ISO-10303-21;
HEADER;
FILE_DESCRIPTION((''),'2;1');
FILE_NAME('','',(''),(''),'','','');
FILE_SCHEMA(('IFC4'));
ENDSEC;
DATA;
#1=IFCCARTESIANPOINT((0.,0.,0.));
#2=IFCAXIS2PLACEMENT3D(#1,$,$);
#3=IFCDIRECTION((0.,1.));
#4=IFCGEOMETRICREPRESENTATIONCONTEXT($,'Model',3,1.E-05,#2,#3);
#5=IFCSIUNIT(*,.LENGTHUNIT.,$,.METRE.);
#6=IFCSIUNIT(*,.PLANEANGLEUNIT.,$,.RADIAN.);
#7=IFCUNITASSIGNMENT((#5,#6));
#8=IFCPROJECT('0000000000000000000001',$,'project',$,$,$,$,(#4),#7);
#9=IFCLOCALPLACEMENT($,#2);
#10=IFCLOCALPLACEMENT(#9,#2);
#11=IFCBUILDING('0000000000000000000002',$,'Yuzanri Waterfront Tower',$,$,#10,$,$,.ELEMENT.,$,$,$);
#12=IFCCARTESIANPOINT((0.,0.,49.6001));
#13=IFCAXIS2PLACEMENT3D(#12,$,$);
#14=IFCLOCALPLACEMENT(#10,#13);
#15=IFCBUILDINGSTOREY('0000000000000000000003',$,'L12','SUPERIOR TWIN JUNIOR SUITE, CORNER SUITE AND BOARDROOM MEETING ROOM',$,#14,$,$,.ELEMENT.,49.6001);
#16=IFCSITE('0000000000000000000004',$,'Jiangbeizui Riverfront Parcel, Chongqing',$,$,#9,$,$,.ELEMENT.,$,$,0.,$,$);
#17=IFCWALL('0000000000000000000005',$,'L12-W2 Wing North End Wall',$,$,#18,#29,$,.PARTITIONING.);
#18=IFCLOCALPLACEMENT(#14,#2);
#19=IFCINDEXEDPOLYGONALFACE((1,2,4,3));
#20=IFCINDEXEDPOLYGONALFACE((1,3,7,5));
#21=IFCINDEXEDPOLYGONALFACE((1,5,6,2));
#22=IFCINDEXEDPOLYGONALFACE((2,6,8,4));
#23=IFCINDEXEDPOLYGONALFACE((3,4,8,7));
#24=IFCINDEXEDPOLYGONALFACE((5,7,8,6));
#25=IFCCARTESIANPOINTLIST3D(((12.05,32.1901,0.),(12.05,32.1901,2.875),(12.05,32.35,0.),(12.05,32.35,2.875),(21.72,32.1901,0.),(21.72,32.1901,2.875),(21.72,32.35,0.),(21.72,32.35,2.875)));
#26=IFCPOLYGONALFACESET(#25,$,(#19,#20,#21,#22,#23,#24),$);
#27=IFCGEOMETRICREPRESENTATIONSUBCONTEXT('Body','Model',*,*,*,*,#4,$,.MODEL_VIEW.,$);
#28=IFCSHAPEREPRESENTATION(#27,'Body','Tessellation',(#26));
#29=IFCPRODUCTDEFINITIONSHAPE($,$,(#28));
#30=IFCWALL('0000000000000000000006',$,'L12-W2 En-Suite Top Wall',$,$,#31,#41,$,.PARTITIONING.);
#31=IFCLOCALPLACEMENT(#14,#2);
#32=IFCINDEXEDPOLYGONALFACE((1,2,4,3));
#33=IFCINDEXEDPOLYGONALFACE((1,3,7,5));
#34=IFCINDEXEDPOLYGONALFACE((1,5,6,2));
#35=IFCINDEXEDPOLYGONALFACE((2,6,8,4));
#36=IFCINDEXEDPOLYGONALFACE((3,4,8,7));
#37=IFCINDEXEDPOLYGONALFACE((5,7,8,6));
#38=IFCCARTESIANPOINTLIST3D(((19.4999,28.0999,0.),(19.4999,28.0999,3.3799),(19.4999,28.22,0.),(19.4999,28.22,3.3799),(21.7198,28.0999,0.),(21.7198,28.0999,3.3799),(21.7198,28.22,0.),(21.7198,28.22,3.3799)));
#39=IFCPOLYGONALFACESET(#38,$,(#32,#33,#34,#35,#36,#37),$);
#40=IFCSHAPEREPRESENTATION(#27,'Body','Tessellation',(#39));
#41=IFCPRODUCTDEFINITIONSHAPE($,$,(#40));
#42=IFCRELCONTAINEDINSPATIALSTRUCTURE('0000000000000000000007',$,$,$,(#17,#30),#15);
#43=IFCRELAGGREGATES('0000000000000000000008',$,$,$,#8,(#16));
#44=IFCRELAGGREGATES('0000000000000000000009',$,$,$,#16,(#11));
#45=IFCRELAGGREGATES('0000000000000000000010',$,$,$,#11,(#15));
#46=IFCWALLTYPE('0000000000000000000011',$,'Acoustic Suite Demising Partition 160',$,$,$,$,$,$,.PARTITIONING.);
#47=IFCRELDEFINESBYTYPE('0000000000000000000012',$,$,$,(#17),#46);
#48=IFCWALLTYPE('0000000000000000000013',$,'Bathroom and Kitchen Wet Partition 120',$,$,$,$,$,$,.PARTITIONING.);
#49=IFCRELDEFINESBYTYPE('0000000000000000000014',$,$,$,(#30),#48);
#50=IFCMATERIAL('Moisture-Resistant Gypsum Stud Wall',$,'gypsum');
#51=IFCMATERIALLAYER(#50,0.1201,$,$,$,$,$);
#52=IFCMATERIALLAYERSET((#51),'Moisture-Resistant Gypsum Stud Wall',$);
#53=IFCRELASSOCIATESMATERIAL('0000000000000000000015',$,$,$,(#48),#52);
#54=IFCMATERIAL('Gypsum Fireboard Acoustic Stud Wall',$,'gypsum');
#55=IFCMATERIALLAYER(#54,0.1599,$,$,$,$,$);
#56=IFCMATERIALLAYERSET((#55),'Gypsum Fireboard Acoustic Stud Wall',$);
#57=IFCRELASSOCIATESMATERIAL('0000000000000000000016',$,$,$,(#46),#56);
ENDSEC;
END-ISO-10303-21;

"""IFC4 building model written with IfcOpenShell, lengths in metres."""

from ifc_helpers import new_model, si_unit, direction, frame, frame_2d, origin, place, context, subcontext, project, spatial, rectangle, extrude, source, transform, mapped, material, layer, layer_set, type_object, element, save


model = new_model("IFC4")

# Units and contexts
model_context = context("Model", 3, precision=1e-05, world=origin(), true_north=direction((0.0, 1.0)))
body_context = subcontext(model_context, "Body", "Model", "MODEL_VIEW")
ifc_project = project(units=[si_unit("LENGTHUNIT", "METRE"), si_unit("PLANEANGLEUNIT", "RADIAN")], contexts=[model_context])

# Site, building, storey
site_placement = place(None, origin())
site = spatial("IfcSite", under=ifc_project, at=site_placement, Name="Jiangbeizui Riverfront Parcel, Chongqing", CompositionType="ELEMENT", RefElevation=0.0)
building_placement = place(site_placement, origin())
building = spatial("IfcBuilding", under=site, at=building_placement, Name="Yuzanri Waterfront Tower", CompositionType="ELEMENT")
storey_placement = place(building_placement, frame((0.0, 0.0, 49.6001)))
storey = spatial("IfcBuildingStorey", under=building, at=storey_placement, Name="L12", Description="SUPERIOR TWIN JUNIOR SUITE, CORNER SUITE AND BOARDROOM MEETING ROOM", CompositionType="ELEMENT", Elevation=49.6001)

# Shared definitions
ifc_material_1 = material(Name="Moisture-Resistant Gypsum Stud Wall", Category="gypsum")
ifc_layer_1 = layer(ifc_material_1, 0.1201)
ifc_layer_set_1 = layer_set([ifc_layer_1], Name="Moisture-Resistant Gypsum Stud Wall")
wall_type_1 = type_object("IfcWallType", Name="Bathroom and Kitchen Wet Partition 120", PredefinedType="PARTITIONING", material=ifc_layer_set_1)

# Walls
ifc_material_2 = material(Name="Gypsum Fireboard Acoustic Stud Wall", Category="gypsum")
ifc_layer_2 = layer(ifc_material_2, 0.1599)
ifc_layer_set_2 = layer_set([ifc_layer_2], Name="Gypsum Fireboard Acoustic Stud Wall")
wall_type_2 = type_object("IfcWallType", Name="Acoustic Suite Demising Partition 160", PredefinedType="PARTITIONING", material=ifc_layer_set_2)
shared_shape_1 = source(origin(), body_context, "Body", "SweptSolid", [
    extrude(rectangle(XDim=9.6699, YDim=0.1599, at=frame_2d((4.835, 0.0))), origin(), (0.0, 0.0, 1.0), 2.875),
])
wall_1_placement = place(storey_placement, frame((12.05, 32.27, 0.0), z_axis=(0.0, 0.0, 1.0), x_axis=(1.0, 0.0, 0.0)))
element("IfcWall", 1, at=wall_1_placement, inside=storey, type_object=wall_type_2, Name="L12-W2 Wing North End Wall", PredefinedType="PARTITIONING", context=body_context, shape_type="MappedRepresentation", body=[
    mapped(shared_shape_1, transform((0.0, 0.0, 0.0), scale=1.0)),
])
shared_shape_2 = source(origin(), body_context, "Body", "SweptSolid", [
    extrude(rectangle(XDim=2.22, YDim=0.1201, at=frame_2d((1.1099, 0.0))), origin(), (0.0, 0.0, 1.0), 3.3799),
])
wall_2_placement = place(storey_placement, frame((19.5, 28.1599, 0.0), z_axis=(0.0, 0.0, 1.0), x_axis=(1.0, 0.0, 0.0)))
element("IfcWall", 2, at=wall_2_placement, inside=storey, type_object=wall_type_1, Name="L12-W2 En-Suite Top Wall", PredefinedType="PARTITIONING", context=body_context, shape_type="MappedRepresentation", body=[
    mapped(shared_shape_2, transform((0.0, 0.0, 0.0), scale=1.0)),
])

save(model, "model.ifc")
